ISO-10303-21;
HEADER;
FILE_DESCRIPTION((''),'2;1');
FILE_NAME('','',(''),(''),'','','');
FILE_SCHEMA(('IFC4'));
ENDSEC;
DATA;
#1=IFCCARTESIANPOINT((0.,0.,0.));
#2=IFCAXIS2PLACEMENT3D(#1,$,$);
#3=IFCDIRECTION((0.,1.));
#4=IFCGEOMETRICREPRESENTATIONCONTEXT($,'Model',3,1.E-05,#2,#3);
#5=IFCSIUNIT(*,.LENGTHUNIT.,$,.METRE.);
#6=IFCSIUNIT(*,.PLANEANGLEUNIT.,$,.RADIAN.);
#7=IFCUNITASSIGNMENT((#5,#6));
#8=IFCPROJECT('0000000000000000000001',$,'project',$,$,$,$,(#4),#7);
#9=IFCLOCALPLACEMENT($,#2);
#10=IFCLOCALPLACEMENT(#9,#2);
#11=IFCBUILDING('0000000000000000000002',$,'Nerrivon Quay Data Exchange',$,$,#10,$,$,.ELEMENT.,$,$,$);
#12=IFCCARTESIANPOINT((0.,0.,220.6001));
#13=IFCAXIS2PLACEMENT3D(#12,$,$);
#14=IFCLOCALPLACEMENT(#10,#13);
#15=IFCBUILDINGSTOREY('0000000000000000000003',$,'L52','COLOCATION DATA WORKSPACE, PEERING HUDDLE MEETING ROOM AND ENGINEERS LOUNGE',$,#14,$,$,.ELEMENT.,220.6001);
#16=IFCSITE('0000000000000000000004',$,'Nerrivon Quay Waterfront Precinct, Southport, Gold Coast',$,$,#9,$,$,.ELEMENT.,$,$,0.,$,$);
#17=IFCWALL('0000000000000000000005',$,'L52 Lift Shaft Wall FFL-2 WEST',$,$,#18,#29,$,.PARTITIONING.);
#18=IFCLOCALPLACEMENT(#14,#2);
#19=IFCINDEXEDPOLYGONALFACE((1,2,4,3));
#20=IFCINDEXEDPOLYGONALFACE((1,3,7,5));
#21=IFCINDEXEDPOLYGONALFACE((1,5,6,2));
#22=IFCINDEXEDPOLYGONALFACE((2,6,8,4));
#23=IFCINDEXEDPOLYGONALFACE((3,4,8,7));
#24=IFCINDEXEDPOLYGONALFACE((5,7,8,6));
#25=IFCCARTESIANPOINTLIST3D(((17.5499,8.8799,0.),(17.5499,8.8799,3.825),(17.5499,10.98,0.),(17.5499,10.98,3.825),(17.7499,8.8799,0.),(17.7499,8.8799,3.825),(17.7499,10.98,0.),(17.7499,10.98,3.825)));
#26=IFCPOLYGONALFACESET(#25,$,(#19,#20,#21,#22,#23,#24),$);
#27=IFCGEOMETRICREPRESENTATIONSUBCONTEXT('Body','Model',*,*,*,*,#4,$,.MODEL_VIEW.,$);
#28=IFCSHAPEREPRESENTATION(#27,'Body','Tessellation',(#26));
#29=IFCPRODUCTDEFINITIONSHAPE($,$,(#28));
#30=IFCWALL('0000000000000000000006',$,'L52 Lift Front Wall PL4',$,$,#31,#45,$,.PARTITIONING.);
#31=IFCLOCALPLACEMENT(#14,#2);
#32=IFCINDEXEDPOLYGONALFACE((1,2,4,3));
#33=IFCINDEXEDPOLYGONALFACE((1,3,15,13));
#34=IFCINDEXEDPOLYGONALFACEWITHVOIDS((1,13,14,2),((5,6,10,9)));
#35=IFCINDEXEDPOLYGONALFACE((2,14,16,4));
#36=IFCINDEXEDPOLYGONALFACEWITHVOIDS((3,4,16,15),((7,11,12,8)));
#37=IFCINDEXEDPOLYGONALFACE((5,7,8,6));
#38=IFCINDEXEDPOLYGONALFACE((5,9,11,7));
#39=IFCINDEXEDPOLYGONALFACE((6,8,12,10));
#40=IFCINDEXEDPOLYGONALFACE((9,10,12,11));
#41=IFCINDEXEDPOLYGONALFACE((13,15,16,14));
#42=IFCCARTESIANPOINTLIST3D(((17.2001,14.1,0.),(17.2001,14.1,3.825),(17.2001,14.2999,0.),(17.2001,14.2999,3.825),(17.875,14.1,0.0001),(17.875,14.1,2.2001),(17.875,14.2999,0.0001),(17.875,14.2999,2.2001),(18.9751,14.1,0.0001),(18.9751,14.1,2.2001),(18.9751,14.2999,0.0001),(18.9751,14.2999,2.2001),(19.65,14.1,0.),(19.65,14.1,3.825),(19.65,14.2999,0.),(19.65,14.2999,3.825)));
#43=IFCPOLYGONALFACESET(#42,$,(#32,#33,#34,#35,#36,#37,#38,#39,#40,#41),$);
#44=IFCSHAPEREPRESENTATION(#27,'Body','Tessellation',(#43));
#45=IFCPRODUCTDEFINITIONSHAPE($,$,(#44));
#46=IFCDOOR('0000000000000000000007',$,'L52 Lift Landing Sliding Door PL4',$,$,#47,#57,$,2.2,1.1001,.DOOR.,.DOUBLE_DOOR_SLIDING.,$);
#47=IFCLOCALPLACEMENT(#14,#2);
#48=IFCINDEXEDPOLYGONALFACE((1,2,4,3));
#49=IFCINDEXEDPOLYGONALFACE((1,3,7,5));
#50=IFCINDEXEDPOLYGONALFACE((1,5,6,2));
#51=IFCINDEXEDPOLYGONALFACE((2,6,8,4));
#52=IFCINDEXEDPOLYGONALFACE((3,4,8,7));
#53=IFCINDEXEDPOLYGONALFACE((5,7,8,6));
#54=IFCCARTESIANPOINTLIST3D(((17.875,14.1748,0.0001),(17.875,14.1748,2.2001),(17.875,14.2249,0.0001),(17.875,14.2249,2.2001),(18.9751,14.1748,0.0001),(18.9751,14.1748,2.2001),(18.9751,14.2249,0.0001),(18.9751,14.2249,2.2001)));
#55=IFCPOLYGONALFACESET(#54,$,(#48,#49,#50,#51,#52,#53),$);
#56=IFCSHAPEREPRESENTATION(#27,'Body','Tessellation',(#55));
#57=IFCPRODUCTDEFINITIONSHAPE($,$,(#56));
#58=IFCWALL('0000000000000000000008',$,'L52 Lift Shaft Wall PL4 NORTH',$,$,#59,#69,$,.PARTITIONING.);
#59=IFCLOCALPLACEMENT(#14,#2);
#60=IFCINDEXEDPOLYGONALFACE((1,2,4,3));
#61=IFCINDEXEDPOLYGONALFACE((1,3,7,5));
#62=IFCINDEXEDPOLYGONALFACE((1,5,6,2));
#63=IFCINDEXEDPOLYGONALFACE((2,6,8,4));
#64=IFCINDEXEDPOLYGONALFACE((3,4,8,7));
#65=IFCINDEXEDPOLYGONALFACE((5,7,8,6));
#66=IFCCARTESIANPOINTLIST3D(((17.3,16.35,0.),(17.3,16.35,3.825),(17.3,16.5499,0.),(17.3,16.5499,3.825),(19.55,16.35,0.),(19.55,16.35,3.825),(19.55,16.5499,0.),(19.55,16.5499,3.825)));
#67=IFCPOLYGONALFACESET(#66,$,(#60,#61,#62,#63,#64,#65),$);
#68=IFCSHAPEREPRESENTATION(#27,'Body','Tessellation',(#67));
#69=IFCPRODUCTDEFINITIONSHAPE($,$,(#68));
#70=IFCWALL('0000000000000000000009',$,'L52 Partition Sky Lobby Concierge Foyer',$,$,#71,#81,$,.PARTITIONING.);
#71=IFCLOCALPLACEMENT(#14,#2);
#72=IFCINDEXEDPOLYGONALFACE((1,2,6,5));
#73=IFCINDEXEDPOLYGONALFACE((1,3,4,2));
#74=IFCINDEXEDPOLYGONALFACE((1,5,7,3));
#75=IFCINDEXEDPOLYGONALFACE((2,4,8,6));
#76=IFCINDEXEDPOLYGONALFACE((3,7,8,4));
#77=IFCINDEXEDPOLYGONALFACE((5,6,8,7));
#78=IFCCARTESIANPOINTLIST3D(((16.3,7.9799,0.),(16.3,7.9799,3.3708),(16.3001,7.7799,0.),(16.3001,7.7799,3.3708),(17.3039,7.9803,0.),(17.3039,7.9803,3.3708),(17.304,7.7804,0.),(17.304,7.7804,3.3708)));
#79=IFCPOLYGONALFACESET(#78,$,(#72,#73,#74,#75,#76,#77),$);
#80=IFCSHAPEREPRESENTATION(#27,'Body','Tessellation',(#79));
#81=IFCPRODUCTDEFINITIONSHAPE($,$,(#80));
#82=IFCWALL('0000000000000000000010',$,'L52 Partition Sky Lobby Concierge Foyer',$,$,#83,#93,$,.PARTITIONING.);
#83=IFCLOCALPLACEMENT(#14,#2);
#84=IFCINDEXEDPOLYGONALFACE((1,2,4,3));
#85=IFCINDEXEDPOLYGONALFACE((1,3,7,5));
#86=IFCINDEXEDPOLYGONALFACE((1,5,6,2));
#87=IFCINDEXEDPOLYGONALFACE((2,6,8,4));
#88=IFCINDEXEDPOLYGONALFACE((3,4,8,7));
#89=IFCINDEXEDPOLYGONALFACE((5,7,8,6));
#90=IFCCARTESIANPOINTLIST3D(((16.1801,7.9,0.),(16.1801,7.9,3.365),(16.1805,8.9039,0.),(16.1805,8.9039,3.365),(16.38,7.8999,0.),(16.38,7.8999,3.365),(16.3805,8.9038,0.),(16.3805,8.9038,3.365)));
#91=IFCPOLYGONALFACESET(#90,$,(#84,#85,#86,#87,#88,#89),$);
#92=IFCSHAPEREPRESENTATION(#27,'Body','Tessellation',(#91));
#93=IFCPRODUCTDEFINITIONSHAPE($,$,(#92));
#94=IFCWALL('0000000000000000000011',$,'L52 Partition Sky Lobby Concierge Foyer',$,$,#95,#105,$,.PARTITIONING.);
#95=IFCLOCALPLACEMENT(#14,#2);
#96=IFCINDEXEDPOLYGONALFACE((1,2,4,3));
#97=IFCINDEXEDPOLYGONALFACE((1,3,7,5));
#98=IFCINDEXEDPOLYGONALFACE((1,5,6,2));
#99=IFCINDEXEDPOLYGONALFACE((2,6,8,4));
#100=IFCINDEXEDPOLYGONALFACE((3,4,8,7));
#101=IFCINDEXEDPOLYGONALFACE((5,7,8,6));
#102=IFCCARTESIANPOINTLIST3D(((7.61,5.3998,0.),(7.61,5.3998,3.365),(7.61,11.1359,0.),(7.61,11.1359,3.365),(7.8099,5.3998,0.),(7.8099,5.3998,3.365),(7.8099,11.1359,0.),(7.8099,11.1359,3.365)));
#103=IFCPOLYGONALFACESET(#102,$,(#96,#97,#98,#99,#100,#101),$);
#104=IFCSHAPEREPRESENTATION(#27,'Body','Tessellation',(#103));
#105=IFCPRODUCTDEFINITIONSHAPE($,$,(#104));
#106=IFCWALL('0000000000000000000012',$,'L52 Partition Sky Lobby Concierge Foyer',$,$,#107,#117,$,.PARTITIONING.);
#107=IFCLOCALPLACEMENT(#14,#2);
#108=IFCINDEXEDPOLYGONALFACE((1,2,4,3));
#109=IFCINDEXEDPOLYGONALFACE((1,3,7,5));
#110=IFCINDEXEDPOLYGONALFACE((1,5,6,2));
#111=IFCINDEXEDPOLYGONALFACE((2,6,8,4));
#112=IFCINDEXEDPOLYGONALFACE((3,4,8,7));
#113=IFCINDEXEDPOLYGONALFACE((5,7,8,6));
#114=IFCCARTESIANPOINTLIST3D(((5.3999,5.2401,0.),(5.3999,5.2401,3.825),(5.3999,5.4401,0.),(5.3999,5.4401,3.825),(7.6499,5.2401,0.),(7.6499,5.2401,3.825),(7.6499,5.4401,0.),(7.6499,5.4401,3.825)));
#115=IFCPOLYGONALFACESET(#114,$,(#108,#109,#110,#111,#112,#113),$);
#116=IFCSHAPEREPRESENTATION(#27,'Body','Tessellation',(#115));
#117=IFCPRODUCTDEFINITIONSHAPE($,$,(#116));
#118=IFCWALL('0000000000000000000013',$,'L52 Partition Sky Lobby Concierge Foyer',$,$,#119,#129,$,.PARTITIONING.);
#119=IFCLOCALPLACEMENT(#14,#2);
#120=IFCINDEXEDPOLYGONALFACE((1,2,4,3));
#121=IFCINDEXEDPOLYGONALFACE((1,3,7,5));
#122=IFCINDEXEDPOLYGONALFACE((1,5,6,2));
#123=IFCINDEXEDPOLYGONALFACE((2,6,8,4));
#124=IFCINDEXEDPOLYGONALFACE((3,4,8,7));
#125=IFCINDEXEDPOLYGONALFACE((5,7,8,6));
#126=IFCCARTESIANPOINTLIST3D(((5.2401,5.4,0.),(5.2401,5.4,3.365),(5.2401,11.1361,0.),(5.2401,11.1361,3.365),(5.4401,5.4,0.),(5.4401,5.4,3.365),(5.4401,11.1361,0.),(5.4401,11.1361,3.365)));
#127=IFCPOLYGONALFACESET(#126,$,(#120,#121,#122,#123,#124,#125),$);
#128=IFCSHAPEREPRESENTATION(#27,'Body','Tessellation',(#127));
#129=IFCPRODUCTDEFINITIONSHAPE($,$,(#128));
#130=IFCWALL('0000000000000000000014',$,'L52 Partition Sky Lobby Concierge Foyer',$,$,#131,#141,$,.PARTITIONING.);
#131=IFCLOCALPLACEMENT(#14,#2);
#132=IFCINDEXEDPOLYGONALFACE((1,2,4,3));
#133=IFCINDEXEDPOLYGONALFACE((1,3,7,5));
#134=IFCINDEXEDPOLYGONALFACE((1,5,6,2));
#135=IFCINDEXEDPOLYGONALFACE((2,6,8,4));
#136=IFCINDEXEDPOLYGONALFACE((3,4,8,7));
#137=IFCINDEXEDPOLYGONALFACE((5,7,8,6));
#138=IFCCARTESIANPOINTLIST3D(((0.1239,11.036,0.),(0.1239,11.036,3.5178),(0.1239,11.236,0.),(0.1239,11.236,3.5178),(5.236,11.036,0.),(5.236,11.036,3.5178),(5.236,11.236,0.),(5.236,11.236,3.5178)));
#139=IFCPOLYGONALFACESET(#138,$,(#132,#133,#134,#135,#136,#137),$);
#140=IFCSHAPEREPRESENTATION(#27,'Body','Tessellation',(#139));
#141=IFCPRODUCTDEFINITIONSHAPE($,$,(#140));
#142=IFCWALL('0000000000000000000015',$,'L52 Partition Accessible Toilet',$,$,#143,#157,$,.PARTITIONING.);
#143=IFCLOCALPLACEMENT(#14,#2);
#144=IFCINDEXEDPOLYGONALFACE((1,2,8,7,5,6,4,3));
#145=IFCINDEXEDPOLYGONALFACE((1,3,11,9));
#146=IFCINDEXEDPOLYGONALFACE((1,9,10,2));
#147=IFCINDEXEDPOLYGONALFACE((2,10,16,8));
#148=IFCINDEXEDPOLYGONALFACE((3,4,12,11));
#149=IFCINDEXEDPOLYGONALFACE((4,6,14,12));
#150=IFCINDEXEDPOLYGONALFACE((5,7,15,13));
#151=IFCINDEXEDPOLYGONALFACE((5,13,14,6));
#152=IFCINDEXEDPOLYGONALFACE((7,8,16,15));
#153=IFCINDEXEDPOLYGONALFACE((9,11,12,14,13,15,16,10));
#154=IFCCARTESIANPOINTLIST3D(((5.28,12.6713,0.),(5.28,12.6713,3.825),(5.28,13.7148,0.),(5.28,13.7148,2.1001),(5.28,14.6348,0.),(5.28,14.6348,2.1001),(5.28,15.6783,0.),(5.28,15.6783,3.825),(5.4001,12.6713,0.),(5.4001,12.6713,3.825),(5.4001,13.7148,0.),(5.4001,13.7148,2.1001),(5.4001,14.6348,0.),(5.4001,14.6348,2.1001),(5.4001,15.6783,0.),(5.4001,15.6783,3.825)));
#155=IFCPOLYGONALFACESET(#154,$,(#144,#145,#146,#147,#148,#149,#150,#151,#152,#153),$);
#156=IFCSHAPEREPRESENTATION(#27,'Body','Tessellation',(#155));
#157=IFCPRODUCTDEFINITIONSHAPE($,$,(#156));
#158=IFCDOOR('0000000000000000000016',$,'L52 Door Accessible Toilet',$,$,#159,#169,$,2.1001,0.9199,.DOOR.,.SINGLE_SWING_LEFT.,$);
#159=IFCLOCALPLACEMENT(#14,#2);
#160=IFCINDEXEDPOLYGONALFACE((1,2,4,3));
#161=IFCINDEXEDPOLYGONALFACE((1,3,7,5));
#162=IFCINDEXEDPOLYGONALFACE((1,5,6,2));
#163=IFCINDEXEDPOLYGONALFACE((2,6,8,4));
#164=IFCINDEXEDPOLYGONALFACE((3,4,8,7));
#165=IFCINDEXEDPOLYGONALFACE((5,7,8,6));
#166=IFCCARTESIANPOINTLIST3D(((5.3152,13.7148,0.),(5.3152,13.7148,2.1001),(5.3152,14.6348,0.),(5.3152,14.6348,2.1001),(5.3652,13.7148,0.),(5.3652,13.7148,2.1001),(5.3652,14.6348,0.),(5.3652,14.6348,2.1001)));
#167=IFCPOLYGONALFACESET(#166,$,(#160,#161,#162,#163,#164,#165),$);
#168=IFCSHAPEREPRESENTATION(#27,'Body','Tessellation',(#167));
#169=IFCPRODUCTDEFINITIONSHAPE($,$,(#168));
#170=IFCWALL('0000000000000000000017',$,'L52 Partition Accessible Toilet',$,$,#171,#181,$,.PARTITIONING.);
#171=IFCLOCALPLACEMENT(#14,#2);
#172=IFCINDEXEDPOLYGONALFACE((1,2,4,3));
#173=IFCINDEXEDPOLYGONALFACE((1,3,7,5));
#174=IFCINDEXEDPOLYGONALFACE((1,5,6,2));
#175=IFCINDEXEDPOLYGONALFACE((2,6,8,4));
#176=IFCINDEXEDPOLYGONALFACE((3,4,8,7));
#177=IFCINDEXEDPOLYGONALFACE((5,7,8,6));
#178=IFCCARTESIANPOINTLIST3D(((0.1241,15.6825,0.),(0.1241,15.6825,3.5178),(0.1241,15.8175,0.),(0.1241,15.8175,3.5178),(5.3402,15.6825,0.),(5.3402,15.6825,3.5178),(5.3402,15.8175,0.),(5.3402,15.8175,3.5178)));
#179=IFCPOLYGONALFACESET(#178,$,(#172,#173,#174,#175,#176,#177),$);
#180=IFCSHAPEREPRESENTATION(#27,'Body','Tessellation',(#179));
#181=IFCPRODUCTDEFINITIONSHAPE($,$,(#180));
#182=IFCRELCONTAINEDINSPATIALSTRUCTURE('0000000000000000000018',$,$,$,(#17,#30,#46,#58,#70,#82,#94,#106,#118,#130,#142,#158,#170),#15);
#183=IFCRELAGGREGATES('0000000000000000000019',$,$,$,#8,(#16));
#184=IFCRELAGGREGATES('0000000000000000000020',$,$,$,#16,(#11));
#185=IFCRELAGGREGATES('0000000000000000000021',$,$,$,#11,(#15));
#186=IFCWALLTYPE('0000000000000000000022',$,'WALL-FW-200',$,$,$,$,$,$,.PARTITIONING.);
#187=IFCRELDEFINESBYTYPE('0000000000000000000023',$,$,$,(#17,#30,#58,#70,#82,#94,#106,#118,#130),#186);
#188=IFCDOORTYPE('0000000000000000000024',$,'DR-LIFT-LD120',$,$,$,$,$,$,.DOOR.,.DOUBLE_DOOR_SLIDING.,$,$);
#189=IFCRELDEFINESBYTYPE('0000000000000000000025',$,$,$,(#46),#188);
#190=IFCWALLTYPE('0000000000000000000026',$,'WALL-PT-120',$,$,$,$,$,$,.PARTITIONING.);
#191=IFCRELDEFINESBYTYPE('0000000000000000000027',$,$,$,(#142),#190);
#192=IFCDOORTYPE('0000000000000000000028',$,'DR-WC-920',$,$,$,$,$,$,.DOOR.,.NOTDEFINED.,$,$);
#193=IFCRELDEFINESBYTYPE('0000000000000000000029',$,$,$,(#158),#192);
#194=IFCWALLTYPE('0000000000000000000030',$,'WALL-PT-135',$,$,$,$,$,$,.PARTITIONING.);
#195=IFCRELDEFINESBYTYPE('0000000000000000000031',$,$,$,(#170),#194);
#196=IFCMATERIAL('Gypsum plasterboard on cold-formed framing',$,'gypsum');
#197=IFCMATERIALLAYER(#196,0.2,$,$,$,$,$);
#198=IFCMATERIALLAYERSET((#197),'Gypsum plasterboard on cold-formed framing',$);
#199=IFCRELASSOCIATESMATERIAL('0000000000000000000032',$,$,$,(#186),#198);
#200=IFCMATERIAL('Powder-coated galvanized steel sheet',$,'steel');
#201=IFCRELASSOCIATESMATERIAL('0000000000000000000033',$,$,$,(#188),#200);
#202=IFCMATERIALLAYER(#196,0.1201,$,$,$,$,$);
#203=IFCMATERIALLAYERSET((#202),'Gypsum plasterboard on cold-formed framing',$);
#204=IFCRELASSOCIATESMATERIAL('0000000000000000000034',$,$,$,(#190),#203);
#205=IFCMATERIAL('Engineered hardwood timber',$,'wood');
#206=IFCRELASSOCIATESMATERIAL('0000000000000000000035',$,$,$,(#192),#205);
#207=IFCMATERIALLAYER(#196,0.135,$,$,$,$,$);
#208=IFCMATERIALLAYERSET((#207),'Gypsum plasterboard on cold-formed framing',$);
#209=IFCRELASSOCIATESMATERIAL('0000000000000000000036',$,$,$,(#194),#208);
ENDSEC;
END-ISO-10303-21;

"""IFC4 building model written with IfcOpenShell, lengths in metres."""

from ifc_helpers import new_model, si_unit, direction, frame, frame_2d, origin, place, context, subcontext, project, spatial, rectangle, extrude, material, layer, layer_set, type_object, element, fill, save


model = new_model("IFC4")

# Units and contexts
model_context = context("Model", 3, precision=1e-05, world=origin(), true_north=direction((0.0, 1.0)))
body_context = subcontext(model_context, "Body", "Model", "MODEL_VIEW")
ifc_project = project(units=[si_unit("LENGTHUNIT", "METRE"), si_unit("PLANEANGLEUNIT", "RADIAN")], contexts=[model_context])

# Site, building, storey
site_placement = place(None, origin())
site = spatial("IfcSite", under=ifc_project, at=site_placement, Name="Nerrivon Quay Waterfront Precinct, Southport, Gold Coast", CompositionType="ELEMENT", RefElevation=0.0)
building_placement = place(site_placement, origin())
building = spatial("IfcBuilding", under=site, at=building_placement, Name="Nerrivon Quay Data Exchange", CompositionType="ELEMENT")
storey_placement = place(building_placement, frame((0.0, 0.0, 220.6001)))
storey = spatial("IfcBuildingStorey", under=building, at=storey_placement, Name="L52", Description="COLOCATION DATA WORKSPACE, PEERING HUDDLE MEETING ROOM AND ENGINEERS LOUNGE", CompositionType="ELEMENT", Elevation=220.6001)

# Shared definitions
ifc_material_1 = material(Name="Powder-coated galvanized steel sheet", Category="steel")

# Wall
ifc_material_2 = material(Name="Gypsum plasterboard on cold-formed framing", Category="gypsum")
ifc_layer_1 = layer(ifc_material_2, 0.2)
ifc_layer_set_1 = layer_set([ifc_layer_1], Name="Gypsum plasterboard on cold-formed framing")
wall_type_1 = type_object("IfcWallType", Name="WALL-FW-200", PredefinedType="PARTITIONING", material=ifc_layer_set_1)
wall_1_placement = place(storey_placement, frame((17.6499, 8.8799, 0.0), z_axis=(0.0, 0.0, 1.0), x_axis=(0.0, 1.0, 0.0)))
element("IfcWall", 1, at=wall_1_placement, inside=storey, type_object=wall_type_1, Name="L52 Lift Shaft Wall FFL-2 WEST", PredefinedType="PARTITIONING", context=body_context, shape_type="SweptSolid", body=[
    extrude(rectangle(XDim=2.1001, YDim=0.2, at=frame_2d((1.05, 0.0))), origin(), (0.0, 0.0, 1.0), 3.825),
])

# Wall, opening, door
wall_2_placement = place(storey_placement, frame((17.2, 14.2, 0.0), z_axis=(0.0, 0.0, 1.0), x_axis=(1.0, 0.0, 0.0)))
wall_2 = element("IfcWall", 2, at=wall_2_placement, inside=storey, type_object=wall_type_1, Name="L52 Lift Front Wall PL4", PredefinedType="PARTITIONING", context=body_context, shape_type="SweptSolid", body=[
    extrude(rectangle(XDim=2.45, YDim=0.2, at=frame_2d((1.2251, 0.0))), origin(), (0.0, 0.0, 1.0), 3.825),
])
opening_1_placement = place(wall_2_placement, frame((0.675, 0.0, 0.0)))
opening_1 = element("IfcOpeningElement", 3, at=opening_1_placement, cuts=wall_2, PredefinedType="OPENING", context=body_context, shape_type="SweptSolid", body=[
    extrude(rectangle(XDim=1.1001, YDim=2.2, at=frame_2d((0.55, 1.1001))), frame((0.0, 0.1099, 0.0), z_axis=(0.0, -1.0, 0.0), x_axis=(1.0, 0.0, 0.0)), (0.0, 0.0, 1.0), 0.22),
])
door_type_1 = type_object("IfcDoorType", Name="DR-LIFT-LD120", OperationType="DOUBLE_DOOR_SLIDING", PredefinedType="DOOR", material=ifc_material_1)
door_1_placement = place(opening_1_placement, origin())
door_1 = element("IfcDoor", 4, at=door_1_placement, inside=storey, type_object=door_type_1, Name="L52 Lift Landing Sliding Door PL4", OperationType="DOUBLE_DOOR_SLIDING", OverallHeight=2.2, OverallWidth=1.1001, PredefinedType="DOOR", context=body_context, shape_type="SweptSolid", body=[
    extrude(rectangle(XDim=1.1001, YDim=2.2, at=frame_2d((0.55, 1.1001))), frame((0.0, 0.0249, 0.0), z_axis=(0.0, -1.0, 0.0), x_axis=(1.0, 0.0, 0.0)), (0.0, 0.0, 1.0), 0.05),
])
fill(opening_1, door_1)

# Walls
wall_3_placement = place(storey_placement, frame((17.3, 16.45, 0.0), z_axis=(0.0, 0.0, 1.0), x_axis=(1.0, 0.0, 0.0)))
element("IfcWall", 5, at=wall_3_placement, inside=storey, type_object=wall_type_1, Name="L52 Lift Shaft Wall PL4 NORTH", PredefinedType="PARTITIONING", context=body_context, shape_type="SweptSolid", body=[
    extrude(rectangle(XDim=2.25, YDim=0.2, at=frame_2d((1.125, 0.0))), origin(), (0.0, 0.0, 1.0), 3.825),
])
wall_4_placement = place(storey_placement, frame((17.304, 7.8804, 0.0), z_axis=(0.0, 0.0, 1.0), x_axis=(-1.0, -0.000486, 0.0)))
element("IfcWall", 6, at=wall_4_placement, inside=storey, type_object=wall_type_1, Name="L52 Partition Sky Lobby Concierge Foyer", PredefinedType="PARTITIONING", context=body_context, shape_type="SweptSolid", body=[
    extrude(rectangle(XDim=1.0039, YDim=0.2, at=frame_2d((0.502, 0.0))), origin(), (0.0, 0.0, 1.0), 3.3708),
])
wall_5_placement = place(storey_placement, frame((16.28, 7.8999, 0.0), z_axis=(0.0, 0.0, 1.0), x_axis=(0.000486, 1.0, 0.0)))
element("IfcWall", 7, at=wall_5_placement, inside=storey, type_object=wall_type_1, Name="L52 Partition Sky Lobby Concierge Foyer", PredefinedType="PARTITIONING", context=body_context, shape_type="SweptSolid", body=[
    extrude(rectangle(XDim=1.0039, YDim=0.2, at=frame_2d((0.502, 0.0))), origin(), (0.0, 0.0, 1.0), 3.365),
])
wall_6_placement = place(storey_placement, frame((7.71, 11.136, 0.0), z_axis=(0.0, 0.0, 1.0), x_axis=(0.0, -1.0, 0.0)))
element("IfcWall", 8, at=wall_6_placement, inside=storey, type_object=wall_type_1, Name="L52 Partition Sky Lobby Concierge Foyer", PredefinedType="PARTITIONING", context=body_context, shape_type="SweptSolid", body=[
    extrude(rectangle(XDim=5.7361, YDim=0.2, at=frame_2d((2.8682, 0.0))), origin(), (0.0, 0.0, 1.0), 3.365),
])
wall_7_placement = place(storey_placement, frame((7.6499, 5.3401, 0.0), z_axis=(0.0, 0.0, 1.0), x_axis=(-1.0, 0.0, 0.0)))
element("IfcWall", 9, at=wall_7_placement, inside=storey, type_object=wall_type_1, Name="L52 Partition Sky Lobby Concierge Foyer", PredefinedType="PARTITIONING", context=body_context, shape_type="SweptSolid", body=[
    extrude(rectangle(XDim=2.25, YDim=0.2, at=frame_2d((1.125, 0.0))), origin(), (0.0, 0.0, 1.0), 3.825),
])
wall_8_placement = place(storey_placement, frame((5.3401, 5.3999, 0.0), z_axis=(0.0, 0.0, 1.0), x_axis=(0.0, 1.0, 0.0)))
element("IfcWall", 10, at=wall_8_placement, inside=storey, type_object=wall_type_1, Name="L52 Partition Sky Lobby Concierge Foyer", PredefinedType="PARTITIONING", context=body_context, shape_type="SweptSolid", body=[
    extrude(rectangle(XDim=5.7361, YDim=0.2, at=frame_2d((2.8682, 0.0))), origin(), (0.0, 0.0, 1.0), 3.365),
])
wall_9_placement = place(storey_placement, frame((5.2361, 11.136, 0.0), z_axis=(0.0, 0.0, 1.0), x_axis=(-1.0, 0.0, 0.0)))
element("IfcWall", 11, at=wall_9_placement, inside=storey, type_object=wall_type_1, Name="L52 Partition Sky Lobby Concierge Foyer", PredefinedType="PARTITIONING", context=body_context, shape_type="SweptSolid", body=[
    extrude(rectangle(XDim=5.1121, YDim=0.2, at=frame_2d((2.5562, 0.0))), origin(), (0.0, 0.0, 1.0), 3.5178),
])

# Wall, opening, door
ifc_layer_2 = layer(ifc_material_2, 0.1201)
ifc_layer_set_2 = layer_set([ifc_layer_2], Name="Gypsum plasterboard on cold-formed framing")
wall_type_2 = type_object("IfcWallType", Name="WALL-PT-120", PredefinedType="PARTITIONING", material=ifc_layer_set_2)
wall_10_placement = place(storey_placement, frame((5.3401, 12.6714, 0.0), z_axis=(0.0, 0.0, 1.0), x_axis=(0.0, 1.0, 0.0)))
wall_10 = element("IfcWall", 12, at=wall_10_placement, inside=storey, type_object=wall_type_2, Name="L52 Partition Accessible Toilet", PredefinedType="PARTITIONING", context=body_context, shape_type="SweptSolid", body=[
    extrude(rectangle(XDim=3.0071, YDim=0.1201, at=frame_2d((1.5034, 0.0))), origin(), (0.0, 0.0, 1.0), 3.825),
])
opening_2_placement = place(wall_10_placement, frame((1.0435, 0.0, 0.0)))
opening_2 = element("IfcOpeningElement", 13, at=opening_2_placement, cuts=wall_10, PredefinedType="OPENING", context=body_context, shape_type="SweptSolid", body=[
    extrude(rectangle(XDim=0.9199, YDim=2.1001, at=frame_2d((0.46, 1.05))), frame((0.0, 0.0701, 0.0), z_axis=(0.0, -1.0, 0.0), x_axis=(1.0, 0.0, 0.0)), (0.0, 0.0, 1.0), 0.1401),
])
ifc_material_3 = material(Name="Engineered hardwood timber", Category="wood")
door_type_2 = type_object("IfcDoorType", Name="DR-WC-920", OperationType="NOTDEFINED", PredefinedType="DOOR", material=ifc_material_3)
door_2_placement = place(opening_2_placement, origin())
door_2 = element("IfcDoor", 14, at=door_2_placement, inside=storey, type_object=door_type_2, Name="L52 Door Accessible Toilet", OperationType="SINGLE_SWING_LEFT", OverallHeight=2.1001, OverallWidth=0.9199, PredefinedType="DOOR", context=body_context, shape_type="SweptSolid", body=[
    extrude(rectangle(XDim=0.9199, YDim=2.1001, at=frame_2d((0.46, 1.05))), frame((0.0, 0.0249, 0.0), z_axis=(0.0, -1.0, 0.0), x_axis=(1.0, 0.0, 0.0)), (0.0, 0.0, 1.0), 0.05),
])
fill(opening_2, door_2)

# Wall
ifc_layer_3 = layer(ifc_material_2, 0.135)
ifc_layer_set_3 = layer_set([ifc_layer_3], Name="Gypsum plasterboard on cold-formed framing")
wall_type_3 = type_object("IfcWallType", Name="WALL-PT-135", PredefinedType="PARTITIONING", material=ifc_layer_set_3)
wall_11_placement = place(storey_placement, frame((5.3401, 15.75, 0.0), z_axis=(0.0, 0.0, 1.0), x_axis=(-1.0, 0.0, 0.0)))
element("IfcWall", 15, at=wall_11_placement, inside=storey, type_object=wall_type_3, Name="L52 Partition Accessible Toilet", PredefinedType="PARTITIONING", context=body_context, shape_type="SweptSolid", body=[
    extrude(rectangle(XDim=5.2161, YDim=0.135, at=frame_2d((2.6079, 0.0))), origin(), (0.0, 0.0, 1.0), 3.5178),
])

save(model, "model.ifc")
